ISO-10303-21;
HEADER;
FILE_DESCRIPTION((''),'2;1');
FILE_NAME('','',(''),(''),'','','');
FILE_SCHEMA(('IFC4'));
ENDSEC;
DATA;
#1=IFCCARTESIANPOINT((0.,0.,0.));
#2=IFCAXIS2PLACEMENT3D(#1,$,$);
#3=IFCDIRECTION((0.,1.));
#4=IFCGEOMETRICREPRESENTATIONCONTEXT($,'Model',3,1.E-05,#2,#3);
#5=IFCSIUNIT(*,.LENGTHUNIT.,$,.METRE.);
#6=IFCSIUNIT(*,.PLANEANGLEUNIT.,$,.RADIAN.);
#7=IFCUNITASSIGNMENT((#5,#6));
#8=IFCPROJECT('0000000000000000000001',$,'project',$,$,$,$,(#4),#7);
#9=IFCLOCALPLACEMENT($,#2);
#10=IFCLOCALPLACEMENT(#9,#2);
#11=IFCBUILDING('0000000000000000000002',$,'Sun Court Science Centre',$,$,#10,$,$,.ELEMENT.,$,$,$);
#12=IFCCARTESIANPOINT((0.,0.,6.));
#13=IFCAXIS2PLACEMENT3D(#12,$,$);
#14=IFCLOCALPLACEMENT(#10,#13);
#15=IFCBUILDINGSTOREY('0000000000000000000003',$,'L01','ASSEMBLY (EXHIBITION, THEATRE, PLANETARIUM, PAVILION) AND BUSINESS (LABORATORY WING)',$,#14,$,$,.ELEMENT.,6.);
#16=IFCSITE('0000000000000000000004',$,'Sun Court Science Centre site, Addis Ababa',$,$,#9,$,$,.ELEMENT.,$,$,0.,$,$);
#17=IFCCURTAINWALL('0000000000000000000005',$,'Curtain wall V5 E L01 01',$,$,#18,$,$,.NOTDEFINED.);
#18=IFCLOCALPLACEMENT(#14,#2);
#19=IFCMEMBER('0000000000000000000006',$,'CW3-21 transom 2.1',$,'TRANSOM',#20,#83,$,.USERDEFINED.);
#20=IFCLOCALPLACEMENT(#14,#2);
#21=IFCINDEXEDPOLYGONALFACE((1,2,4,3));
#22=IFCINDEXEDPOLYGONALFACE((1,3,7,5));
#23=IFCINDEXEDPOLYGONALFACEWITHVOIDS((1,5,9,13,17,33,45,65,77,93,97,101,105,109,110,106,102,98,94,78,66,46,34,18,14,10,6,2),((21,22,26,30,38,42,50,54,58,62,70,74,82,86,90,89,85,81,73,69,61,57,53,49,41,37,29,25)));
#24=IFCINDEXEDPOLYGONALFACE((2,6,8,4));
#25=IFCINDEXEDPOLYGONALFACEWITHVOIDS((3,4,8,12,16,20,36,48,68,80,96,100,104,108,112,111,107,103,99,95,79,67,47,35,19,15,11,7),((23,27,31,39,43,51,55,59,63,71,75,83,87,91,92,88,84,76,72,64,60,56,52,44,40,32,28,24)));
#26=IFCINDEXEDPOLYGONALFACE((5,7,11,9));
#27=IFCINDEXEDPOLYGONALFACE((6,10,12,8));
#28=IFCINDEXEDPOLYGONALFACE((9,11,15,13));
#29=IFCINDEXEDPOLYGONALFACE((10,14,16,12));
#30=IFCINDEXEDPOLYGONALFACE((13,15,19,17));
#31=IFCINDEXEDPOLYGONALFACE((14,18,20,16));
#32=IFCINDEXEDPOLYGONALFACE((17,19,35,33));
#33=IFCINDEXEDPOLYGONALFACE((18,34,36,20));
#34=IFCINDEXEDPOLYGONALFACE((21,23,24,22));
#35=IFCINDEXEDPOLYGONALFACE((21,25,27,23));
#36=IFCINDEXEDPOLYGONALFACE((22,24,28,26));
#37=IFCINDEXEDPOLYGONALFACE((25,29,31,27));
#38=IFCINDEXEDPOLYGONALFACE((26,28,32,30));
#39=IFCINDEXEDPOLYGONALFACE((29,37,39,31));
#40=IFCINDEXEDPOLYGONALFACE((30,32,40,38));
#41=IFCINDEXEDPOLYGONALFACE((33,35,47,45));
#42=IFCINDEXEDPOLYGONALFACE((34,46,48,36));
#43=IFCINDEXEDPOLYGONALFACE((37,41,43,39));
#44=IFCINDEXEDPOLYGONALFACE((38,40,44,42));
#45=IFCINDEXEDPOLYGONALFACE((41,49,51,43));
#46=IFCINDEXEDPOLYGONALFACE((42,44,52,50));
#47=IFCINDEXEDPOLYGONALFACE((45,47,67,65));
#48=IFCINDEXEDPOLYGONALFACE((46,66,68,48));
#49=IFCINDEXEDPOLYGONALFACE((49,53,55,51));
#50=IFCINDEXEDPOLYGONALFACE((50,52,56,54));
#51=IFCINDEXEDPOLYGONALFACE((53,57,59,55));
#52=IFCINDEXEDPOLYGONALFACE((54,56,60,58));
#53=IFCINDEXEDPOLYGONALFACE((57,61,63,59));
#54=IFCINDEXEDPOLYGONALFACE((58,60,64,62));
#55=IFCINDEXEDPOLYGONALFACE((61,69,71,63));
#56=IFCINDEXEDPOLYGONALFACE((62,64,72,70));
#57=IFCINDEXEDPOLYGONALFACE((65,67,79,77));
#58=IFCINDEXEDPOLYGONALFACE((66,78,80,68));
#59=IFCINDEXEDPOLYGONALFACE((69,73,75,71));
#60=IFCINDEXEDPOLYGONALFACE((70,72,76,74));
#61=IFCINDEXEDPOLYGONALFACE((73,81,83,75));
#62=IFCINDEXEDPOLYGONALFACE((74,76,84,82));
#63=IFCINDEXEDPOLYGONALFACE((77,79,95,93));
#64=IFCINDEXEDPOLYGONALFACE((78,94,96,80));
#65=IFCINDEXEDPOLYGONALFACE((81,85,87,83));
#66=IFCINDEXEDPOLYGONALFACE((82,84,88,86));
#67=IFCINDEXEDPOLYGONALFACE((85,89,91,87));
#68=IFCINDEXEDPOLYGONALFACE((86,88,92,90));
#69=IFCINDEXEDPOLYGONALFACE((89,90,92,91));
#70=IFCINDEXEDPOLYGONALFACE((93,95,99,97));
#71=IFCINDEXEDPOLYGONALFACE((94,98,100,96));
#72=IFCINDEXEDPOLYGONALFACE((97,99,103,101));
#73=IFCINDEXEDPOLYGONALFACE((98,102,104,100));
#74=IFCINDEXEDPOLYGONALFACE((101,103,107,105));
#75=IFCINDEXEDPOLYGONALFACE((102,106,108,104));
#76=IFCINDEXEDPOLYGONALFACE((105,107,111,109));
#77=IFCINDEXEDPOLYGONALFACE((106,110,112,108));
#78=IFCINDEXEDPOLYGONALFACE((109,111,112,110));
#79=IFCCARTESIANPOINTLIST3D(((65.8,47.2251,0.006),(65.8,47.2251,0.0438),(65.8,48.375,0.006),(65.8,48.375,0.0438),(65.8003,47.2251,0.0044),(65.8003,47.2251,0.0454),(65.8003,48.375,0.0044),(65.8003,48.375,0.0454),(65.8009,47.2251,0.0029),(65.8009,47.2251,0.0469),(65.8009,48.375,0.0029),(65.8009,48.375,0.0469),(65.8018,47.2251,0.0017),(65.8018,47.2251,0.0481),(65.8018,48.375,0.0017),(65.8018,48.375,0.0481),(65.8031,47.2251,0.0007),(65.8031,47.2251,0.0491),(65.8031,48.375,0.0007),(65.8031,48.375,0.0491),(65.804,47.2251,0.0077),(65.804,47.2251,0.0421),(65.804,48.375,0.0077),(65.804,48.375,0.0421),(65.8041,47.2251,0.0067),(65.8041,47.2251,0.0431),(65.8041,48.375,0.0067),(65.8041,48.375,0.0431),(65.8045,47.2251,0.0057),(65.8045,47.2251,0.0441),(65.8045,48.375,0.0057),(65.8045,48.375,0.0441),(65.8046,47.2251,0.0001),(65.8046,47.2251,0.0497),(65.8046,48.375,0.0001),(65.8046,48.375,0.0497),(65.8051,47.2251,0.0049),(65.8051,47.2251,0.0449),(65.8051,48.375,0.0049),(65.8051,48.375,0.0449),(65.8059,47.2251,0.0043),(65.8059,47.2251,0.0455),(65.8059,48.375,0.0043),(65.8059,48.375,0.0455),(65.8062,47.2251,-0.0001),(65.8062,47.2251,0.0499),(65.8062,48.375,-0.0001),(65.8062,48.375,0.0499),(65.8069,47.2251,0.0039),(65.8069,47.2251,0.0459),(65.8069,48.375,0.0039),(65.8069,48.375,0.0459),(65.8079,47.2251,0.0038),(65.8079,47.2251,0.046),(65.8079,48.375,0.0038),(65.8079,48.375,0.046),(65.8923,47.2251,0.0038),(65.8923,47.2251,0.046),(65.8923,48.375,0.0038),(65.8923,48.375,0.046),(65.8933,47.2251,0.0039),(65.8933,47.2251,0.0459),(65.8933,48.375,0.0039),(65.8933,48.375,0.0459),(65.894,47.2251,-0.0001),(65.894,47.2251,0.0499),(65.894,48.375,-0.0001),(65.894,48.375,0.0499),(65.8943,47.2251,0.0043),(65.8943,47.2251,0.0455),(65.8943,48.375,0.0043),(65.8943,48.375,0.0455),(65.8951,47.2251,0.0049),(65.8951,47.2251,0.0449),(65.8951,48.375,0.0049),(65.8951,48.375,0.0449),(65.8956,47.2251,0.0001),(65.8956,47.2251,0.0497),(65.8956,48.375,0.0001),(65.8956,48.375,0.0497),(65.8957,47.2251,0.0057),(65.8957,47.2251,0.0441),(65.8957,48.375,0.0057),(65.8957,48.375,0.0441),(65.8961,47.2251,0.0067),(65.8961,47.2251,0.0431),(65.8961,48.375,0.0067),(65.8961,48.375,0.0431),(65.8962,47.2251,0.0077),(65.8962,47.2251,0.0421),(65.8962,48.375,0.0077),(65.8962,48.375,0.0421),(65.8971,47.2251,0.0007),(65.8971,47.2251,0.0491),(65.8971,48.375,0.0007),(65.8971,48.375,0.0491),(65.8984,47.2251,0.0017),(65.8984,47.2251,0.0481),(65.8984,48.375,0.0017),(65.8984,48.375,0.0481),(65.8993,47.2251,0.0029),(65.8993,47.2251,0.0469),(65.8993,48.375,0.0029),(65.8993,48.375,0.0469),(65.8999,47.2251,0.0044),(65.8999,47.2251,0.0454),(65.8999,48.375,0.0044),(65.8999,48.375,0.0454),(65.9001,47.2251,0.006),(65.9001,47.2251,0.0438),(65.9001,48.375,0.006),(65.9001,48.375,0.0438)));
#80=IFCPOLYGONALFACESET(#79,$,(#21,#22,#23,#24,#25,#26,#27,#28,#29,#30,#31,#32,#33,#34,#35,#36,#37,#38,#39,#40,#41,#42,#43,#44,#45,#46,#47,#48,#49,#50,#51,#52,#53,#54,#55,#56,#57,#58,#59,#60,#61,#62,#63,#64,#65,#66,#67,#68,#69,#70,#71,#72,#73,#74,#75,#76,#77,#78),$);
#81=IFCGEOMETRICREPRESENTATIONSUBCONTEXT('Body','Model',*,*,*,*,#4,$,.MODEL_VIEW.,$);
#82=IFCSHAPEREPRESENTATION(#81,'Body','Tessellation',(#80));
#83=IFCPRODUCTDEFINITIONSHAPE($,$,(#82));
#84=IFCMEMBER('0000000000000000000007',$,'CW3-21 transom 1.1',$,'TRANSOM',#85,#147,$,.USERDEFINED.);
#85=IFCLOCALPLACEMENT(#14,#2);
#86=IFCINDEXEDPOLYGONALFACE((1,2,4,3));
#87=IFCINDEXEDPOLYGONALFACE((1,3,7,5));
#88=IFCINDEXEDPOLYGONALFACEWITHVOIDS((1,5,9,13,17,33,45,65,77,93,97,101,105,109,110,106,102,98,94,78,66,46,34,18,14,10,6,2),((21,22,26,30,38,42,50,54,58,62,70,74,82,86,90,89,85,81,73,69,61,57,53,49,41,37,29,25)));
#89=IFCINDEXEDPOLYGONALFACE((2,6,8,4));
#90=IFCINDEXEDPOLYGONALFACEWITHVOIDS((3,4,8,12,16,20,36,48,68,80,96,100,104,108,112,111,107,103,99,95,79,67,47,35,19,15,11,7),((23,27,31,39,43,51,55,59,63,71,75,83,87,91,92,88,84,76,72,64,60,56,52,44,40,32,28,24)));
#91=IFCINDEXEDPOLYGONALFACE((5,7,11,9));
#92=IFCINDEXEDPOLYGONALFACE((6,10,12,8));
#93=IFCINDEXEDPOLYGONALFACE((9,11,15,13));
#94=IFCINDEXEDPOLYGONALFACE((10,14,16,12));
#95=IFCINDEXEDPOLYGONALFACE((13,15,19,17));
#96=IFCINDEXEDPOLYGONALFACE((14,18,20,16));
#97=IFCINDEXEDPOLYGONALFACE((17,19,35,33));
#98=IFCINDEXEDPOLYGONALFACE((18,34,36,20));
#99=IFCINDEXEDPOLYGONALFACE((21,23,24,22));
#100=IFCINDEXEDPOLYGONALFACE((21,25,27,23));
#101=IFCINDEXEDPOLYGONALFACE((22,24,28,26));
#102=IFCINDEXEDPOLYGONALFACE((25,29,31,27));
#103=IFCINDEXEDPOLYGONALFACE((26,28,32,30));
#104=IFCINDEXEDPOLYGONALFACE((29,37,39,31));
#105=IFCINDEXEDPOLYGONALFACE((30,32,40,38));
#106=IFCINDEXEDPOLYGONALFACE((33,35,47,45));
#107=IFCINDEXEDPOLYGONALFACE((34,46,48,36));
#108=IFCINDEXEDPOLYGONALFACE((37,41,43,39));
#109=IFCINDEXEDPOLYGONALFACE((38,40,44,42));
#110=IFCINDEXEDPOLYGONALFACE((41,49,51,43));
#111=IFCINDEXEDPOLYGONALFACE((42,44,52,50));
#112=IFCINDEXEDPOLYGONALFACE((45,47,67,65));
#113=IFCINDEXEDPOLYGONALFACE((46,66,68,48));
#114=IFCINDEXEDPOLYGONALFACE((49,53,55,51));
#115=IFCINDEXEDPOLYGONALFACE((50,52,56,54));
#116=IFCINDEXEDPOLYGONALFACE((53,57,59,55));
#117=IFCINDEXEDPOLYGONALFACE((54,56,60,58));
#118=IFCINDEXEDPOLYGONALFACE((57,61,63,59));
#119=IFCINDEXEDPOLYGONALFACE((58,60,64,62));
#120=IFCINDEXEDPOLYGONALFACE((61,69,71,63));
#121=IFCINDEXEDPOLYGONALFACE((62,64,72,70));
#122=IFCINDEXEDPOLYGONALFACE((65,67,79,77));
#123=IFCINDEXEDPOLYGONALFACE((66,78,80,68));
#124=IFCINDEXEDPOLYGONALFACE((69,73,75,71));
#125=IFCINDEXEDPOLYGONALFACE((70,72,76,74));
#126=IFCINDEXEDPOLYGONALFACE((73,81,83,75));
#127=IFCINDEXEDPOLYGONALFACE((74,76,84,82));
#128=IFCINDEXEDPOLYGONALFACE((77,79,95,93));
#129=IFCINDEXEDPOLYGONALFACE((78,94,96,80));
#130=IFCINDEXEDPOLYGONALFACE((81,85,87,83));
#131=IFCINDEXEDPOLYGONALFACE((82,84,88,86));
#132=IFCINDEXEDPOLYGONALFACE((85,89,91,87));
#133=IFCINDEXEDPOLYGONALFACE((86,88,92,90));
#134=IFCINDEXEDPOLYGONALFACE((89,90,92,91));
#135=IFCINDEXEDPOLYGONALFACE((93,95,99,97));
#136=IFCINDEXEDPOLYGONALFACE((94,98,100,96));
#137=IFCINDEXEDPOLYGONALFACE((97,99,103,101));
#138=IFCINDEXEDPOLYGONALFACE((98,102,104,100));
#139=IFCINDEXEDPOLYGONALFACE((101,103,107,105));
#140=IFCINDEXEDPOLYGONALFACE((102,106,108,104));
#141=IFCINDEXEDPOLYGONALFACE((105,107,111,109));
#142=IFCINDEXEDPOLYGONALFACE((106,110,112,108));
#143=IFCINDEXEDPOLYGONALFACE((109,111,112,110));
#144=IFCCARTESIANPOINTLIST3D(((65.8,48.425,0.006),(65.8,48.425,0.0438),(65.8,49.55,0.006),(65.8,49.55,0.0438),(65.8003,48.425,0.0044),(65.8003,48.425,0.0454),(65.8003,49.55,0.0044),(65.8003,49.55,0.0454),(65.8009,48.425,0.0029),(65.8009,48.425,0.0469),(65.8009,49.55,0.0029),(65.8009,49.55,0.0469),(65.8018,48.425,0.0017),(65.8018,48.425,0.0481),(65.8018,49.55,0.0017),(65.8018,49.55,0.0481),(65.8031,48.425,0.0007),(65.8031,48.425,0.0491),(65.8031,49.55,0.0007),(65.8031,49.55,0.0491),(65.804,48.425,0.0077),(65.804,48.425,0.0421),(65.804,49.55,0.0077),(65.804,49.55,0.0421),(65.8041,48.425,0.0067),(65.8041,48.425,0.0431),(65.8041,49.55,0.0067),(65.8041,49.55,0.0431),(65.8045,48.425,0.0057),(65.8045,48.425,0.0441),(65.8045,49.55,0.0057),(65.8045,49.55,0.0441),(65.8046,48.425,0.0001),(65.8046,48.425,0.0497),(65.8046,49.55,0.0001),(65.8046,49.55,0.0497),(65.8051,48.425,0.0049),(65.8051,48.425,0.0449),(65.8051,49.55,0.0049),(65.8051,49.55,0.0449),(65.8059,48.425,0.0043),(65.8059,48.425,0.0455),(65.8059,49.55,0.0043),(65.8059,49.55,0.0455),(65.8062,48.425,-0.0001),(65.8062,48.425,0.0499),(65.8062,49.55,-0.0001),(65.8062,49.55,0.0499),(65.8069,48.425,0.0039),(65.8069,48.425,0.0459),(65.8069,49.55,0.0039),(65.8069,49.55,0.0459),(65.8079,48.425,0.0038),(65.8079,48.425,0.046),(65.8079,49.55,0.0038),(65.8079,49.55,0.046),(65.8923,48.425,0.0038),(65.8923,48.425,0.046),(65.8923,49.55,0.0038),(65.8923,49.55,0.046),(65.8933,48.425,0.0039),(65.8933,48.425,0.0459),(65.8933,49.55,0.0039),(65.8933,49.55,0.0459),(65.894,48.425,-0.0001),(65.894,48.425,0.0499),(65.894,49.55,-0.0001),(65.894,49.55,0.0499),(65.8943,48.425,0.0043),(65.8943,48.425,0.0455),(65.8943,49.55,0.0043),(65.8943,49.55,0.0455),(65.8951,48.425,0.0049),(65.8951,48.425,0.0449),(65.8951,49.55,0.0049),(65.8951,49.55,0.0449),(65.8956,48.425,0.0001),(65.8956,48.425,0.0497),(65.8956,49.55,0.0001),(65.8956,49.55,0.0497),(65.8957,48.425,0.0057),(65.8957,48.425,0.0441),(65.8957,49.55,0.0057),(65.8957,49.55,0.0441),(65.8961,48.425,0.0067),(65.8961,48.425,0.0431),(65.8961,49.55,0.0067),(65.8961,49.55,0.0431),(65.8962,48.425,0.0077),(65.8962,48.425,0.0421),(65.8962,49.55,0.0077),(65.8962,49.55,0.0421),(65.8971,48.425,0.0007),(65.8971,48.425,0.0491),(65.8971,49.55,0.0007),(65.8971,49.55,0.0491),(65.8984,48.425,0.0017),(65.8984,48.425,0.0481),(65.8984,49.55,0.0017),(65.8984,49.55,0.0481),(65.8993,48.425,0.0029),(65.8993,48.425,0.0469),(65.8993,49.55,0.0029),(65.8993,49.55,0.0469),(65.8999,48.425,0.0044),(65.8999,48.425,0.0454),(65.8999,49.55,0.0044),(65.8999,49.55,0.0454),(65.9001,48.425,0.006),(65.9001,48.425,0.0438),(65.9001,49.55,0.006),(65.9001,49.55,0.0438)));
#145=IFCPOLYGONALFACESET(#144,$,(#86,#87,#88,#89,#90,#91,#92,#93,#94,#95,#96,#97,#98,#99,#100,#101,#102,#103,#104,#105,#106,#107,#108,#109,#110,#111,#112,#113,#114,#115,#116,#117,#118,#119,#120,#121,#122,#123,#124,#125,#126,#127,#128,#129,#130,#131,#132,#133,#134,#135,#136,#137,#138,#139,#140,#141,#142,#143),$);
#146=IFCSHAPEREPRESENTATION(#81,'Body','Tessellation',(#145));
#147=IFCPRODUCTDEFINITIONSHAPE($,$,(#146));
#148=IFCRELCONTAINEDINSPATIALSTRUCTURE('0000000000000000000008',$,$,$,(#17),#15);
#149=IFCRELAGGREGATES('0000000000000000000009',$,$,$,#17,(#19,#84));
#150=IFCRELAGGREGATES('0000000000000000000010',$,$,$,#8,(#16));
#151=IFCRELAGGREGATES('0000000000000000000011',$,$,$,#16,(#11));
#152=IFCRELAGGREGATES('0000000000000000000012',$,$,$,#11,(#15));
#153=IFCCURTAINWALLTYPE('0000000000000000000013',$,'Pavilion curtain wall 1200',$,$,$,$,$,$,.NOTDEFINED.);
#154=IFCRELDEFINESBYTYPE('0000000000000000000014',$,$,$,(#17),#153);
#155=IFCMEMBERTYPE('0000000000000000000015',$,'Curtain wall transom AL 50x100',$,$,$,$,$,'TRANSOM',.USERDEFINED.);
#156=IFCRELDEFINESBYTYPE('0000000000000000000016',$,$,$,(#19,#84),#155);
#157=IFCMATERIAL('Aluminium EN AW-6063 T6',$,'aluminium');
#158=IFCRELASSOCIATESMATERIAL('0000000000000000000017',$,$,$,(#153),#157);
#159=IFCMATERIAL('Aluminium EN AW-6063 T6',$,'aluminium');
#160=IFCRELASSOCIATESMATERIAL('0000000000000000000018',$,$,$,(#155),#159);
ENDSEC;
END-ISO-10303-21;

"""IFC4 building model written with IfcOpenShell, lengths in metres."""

from ifc_helpers import new_model, si_unit, direction, frame, origin, origin_2d, place, context, subcontext, project, spatial, hollow_rectangle, extrude, material, material_profile, profile_set, type_object, element, aggregate, save


model = new_model("IFC4")

# Units and contexts
model_context = context("Model", 3, precision=1e-05, world=origin(), true_north=direction((0.0, 1.0)))
body_context = subcontext(model_context, "Body", "Model", "MODEL_VIEW")
ifc_project = project(units=[si_unit("LENGTHUNIT", "METRE"), si_unit("PLANEANGLEUNIT", "RADIAN")], contexts=[model_context])

# Site, building, storey
site_placement = place(None, origin())
site = spatial("IfcSite", under=ifc_project, at=site_placement, Name="Sun Court Science Centre site, Addis Ababa", CompositionType="ELEMENT", RefElevation=0.0)
building_placement = place(site_placement, origin())
building = spatial("IfcBuilding", under=site, at=building_placement, Name="Sun Court Science Centre", CompositionType="ELEMENT")
storey_placement = place(building_placement, frame((0.0, 0.0, 6.0)))
storey = spatial("IfcBuildingStorey", under=building, at=storey_placement, Name="L01", Description="ASSEMBLY (EXHIBITION, THEATRE, PLANETARIUM, PAVILION) AND BUSINESS (LABORATORY WING)", CompositionType="ELEMENT", Elevation=6.0)

# Shared definitions
ifc_material_1 = material(Name="Aluminium EN AW-6063 T6", Category="aluminium")
curtain_wall_type_1 = type_object("IfcCurtainWallType", Name="Pavilion curtain wall 1200", PredefinedType="NOTDEFINED", material=ifc_material_1)

# Curtain wall
curtain_wall_1_placement = place(storey_placement, origin())
curtain_wall_1 = element("IfcCurtainWall", 1, at=curtain_wall_1_placement, inside=storey, type_object=curtain_wall_type_1, Name="Curtain wall V5 E L01 01", PredefinedType="NOTDEFINED")

# Members
ifc_material_2 = material(Name="Aluminium EN AW-6063 T6", Category="aluminium")
ifc_material_profile_1 = material_profile(ifc_material_2, hollow_rectangle(XDim=0.05, YDim=0.1001, WallThickness=0.0039, InnerFilletRadius=0.0039, OuterFilletRadius=0.0061, at=origin_2d()), Name="AL 50x100x4")
ifc_profile_set_1 = profile_set([ifc_material_profile_1], Name="Aluminium EN AW-6063 T6")
member_type_1 = type_object("IfcMemberType", Name="Curtain wall transom AL 50x100", ElementType="TRANSOM", PredefinedType="USERDEFINED", material=ifc_profile_set_1)
member_1_placement = place(storey_placement, frame((65.8501, 48.375, 0.0249), z_axis=(0.0, -1.0, 0.0), x_axis=(0.0, 0.0, 1.0)))
member_1 = element("IfcMember", 2, at=member_1_placement, type_object=member_type_1, Name="CW3-21 transom 2.1", ObjectType="TRANSOM", PredefinedType="USERDEFINED", context=body_context, shape_type="SweptSolid", body=[
    extrude(hollow_rectangle(XDim=0.05, YDim=0.1001, WallThickness=0.0039, InnerFilletRadius=0.0039, OuterFilletRadius=0.0061, at=origin_2d()), origin(), (0.0, 0.0, 1.0), 1.1499),
])
member_2_placement = place(storey_placement, frame((65.8501, 49.55, 0.0249), z_axis=(0.0, -1.0, 0.0), x_axis=(0.0, 0.0, 1.0)))
member_2 = element("IfcMember", 3, at=member_2_placement, type_object=member_type_1, Name="CW3-21 transom 1.1", ObjectType="TRANSOM", PredefinedType="USERDEFINED", context=body_context, shape_type="SweptSolid", body=[
    extrude(hollow_rectangle(XDim=0.05, YDim=0.1001, WallThickness=0.0039, InnerFilletRadius=0.0039, OuterFilletRadius=0.0061, at=origin_2d()), origin(), (0.0, 0.0, 1.0), 1.125),
])

aggregate(curtain_wall_1, [member_1, member_2])

save(model, "model.ifc")
